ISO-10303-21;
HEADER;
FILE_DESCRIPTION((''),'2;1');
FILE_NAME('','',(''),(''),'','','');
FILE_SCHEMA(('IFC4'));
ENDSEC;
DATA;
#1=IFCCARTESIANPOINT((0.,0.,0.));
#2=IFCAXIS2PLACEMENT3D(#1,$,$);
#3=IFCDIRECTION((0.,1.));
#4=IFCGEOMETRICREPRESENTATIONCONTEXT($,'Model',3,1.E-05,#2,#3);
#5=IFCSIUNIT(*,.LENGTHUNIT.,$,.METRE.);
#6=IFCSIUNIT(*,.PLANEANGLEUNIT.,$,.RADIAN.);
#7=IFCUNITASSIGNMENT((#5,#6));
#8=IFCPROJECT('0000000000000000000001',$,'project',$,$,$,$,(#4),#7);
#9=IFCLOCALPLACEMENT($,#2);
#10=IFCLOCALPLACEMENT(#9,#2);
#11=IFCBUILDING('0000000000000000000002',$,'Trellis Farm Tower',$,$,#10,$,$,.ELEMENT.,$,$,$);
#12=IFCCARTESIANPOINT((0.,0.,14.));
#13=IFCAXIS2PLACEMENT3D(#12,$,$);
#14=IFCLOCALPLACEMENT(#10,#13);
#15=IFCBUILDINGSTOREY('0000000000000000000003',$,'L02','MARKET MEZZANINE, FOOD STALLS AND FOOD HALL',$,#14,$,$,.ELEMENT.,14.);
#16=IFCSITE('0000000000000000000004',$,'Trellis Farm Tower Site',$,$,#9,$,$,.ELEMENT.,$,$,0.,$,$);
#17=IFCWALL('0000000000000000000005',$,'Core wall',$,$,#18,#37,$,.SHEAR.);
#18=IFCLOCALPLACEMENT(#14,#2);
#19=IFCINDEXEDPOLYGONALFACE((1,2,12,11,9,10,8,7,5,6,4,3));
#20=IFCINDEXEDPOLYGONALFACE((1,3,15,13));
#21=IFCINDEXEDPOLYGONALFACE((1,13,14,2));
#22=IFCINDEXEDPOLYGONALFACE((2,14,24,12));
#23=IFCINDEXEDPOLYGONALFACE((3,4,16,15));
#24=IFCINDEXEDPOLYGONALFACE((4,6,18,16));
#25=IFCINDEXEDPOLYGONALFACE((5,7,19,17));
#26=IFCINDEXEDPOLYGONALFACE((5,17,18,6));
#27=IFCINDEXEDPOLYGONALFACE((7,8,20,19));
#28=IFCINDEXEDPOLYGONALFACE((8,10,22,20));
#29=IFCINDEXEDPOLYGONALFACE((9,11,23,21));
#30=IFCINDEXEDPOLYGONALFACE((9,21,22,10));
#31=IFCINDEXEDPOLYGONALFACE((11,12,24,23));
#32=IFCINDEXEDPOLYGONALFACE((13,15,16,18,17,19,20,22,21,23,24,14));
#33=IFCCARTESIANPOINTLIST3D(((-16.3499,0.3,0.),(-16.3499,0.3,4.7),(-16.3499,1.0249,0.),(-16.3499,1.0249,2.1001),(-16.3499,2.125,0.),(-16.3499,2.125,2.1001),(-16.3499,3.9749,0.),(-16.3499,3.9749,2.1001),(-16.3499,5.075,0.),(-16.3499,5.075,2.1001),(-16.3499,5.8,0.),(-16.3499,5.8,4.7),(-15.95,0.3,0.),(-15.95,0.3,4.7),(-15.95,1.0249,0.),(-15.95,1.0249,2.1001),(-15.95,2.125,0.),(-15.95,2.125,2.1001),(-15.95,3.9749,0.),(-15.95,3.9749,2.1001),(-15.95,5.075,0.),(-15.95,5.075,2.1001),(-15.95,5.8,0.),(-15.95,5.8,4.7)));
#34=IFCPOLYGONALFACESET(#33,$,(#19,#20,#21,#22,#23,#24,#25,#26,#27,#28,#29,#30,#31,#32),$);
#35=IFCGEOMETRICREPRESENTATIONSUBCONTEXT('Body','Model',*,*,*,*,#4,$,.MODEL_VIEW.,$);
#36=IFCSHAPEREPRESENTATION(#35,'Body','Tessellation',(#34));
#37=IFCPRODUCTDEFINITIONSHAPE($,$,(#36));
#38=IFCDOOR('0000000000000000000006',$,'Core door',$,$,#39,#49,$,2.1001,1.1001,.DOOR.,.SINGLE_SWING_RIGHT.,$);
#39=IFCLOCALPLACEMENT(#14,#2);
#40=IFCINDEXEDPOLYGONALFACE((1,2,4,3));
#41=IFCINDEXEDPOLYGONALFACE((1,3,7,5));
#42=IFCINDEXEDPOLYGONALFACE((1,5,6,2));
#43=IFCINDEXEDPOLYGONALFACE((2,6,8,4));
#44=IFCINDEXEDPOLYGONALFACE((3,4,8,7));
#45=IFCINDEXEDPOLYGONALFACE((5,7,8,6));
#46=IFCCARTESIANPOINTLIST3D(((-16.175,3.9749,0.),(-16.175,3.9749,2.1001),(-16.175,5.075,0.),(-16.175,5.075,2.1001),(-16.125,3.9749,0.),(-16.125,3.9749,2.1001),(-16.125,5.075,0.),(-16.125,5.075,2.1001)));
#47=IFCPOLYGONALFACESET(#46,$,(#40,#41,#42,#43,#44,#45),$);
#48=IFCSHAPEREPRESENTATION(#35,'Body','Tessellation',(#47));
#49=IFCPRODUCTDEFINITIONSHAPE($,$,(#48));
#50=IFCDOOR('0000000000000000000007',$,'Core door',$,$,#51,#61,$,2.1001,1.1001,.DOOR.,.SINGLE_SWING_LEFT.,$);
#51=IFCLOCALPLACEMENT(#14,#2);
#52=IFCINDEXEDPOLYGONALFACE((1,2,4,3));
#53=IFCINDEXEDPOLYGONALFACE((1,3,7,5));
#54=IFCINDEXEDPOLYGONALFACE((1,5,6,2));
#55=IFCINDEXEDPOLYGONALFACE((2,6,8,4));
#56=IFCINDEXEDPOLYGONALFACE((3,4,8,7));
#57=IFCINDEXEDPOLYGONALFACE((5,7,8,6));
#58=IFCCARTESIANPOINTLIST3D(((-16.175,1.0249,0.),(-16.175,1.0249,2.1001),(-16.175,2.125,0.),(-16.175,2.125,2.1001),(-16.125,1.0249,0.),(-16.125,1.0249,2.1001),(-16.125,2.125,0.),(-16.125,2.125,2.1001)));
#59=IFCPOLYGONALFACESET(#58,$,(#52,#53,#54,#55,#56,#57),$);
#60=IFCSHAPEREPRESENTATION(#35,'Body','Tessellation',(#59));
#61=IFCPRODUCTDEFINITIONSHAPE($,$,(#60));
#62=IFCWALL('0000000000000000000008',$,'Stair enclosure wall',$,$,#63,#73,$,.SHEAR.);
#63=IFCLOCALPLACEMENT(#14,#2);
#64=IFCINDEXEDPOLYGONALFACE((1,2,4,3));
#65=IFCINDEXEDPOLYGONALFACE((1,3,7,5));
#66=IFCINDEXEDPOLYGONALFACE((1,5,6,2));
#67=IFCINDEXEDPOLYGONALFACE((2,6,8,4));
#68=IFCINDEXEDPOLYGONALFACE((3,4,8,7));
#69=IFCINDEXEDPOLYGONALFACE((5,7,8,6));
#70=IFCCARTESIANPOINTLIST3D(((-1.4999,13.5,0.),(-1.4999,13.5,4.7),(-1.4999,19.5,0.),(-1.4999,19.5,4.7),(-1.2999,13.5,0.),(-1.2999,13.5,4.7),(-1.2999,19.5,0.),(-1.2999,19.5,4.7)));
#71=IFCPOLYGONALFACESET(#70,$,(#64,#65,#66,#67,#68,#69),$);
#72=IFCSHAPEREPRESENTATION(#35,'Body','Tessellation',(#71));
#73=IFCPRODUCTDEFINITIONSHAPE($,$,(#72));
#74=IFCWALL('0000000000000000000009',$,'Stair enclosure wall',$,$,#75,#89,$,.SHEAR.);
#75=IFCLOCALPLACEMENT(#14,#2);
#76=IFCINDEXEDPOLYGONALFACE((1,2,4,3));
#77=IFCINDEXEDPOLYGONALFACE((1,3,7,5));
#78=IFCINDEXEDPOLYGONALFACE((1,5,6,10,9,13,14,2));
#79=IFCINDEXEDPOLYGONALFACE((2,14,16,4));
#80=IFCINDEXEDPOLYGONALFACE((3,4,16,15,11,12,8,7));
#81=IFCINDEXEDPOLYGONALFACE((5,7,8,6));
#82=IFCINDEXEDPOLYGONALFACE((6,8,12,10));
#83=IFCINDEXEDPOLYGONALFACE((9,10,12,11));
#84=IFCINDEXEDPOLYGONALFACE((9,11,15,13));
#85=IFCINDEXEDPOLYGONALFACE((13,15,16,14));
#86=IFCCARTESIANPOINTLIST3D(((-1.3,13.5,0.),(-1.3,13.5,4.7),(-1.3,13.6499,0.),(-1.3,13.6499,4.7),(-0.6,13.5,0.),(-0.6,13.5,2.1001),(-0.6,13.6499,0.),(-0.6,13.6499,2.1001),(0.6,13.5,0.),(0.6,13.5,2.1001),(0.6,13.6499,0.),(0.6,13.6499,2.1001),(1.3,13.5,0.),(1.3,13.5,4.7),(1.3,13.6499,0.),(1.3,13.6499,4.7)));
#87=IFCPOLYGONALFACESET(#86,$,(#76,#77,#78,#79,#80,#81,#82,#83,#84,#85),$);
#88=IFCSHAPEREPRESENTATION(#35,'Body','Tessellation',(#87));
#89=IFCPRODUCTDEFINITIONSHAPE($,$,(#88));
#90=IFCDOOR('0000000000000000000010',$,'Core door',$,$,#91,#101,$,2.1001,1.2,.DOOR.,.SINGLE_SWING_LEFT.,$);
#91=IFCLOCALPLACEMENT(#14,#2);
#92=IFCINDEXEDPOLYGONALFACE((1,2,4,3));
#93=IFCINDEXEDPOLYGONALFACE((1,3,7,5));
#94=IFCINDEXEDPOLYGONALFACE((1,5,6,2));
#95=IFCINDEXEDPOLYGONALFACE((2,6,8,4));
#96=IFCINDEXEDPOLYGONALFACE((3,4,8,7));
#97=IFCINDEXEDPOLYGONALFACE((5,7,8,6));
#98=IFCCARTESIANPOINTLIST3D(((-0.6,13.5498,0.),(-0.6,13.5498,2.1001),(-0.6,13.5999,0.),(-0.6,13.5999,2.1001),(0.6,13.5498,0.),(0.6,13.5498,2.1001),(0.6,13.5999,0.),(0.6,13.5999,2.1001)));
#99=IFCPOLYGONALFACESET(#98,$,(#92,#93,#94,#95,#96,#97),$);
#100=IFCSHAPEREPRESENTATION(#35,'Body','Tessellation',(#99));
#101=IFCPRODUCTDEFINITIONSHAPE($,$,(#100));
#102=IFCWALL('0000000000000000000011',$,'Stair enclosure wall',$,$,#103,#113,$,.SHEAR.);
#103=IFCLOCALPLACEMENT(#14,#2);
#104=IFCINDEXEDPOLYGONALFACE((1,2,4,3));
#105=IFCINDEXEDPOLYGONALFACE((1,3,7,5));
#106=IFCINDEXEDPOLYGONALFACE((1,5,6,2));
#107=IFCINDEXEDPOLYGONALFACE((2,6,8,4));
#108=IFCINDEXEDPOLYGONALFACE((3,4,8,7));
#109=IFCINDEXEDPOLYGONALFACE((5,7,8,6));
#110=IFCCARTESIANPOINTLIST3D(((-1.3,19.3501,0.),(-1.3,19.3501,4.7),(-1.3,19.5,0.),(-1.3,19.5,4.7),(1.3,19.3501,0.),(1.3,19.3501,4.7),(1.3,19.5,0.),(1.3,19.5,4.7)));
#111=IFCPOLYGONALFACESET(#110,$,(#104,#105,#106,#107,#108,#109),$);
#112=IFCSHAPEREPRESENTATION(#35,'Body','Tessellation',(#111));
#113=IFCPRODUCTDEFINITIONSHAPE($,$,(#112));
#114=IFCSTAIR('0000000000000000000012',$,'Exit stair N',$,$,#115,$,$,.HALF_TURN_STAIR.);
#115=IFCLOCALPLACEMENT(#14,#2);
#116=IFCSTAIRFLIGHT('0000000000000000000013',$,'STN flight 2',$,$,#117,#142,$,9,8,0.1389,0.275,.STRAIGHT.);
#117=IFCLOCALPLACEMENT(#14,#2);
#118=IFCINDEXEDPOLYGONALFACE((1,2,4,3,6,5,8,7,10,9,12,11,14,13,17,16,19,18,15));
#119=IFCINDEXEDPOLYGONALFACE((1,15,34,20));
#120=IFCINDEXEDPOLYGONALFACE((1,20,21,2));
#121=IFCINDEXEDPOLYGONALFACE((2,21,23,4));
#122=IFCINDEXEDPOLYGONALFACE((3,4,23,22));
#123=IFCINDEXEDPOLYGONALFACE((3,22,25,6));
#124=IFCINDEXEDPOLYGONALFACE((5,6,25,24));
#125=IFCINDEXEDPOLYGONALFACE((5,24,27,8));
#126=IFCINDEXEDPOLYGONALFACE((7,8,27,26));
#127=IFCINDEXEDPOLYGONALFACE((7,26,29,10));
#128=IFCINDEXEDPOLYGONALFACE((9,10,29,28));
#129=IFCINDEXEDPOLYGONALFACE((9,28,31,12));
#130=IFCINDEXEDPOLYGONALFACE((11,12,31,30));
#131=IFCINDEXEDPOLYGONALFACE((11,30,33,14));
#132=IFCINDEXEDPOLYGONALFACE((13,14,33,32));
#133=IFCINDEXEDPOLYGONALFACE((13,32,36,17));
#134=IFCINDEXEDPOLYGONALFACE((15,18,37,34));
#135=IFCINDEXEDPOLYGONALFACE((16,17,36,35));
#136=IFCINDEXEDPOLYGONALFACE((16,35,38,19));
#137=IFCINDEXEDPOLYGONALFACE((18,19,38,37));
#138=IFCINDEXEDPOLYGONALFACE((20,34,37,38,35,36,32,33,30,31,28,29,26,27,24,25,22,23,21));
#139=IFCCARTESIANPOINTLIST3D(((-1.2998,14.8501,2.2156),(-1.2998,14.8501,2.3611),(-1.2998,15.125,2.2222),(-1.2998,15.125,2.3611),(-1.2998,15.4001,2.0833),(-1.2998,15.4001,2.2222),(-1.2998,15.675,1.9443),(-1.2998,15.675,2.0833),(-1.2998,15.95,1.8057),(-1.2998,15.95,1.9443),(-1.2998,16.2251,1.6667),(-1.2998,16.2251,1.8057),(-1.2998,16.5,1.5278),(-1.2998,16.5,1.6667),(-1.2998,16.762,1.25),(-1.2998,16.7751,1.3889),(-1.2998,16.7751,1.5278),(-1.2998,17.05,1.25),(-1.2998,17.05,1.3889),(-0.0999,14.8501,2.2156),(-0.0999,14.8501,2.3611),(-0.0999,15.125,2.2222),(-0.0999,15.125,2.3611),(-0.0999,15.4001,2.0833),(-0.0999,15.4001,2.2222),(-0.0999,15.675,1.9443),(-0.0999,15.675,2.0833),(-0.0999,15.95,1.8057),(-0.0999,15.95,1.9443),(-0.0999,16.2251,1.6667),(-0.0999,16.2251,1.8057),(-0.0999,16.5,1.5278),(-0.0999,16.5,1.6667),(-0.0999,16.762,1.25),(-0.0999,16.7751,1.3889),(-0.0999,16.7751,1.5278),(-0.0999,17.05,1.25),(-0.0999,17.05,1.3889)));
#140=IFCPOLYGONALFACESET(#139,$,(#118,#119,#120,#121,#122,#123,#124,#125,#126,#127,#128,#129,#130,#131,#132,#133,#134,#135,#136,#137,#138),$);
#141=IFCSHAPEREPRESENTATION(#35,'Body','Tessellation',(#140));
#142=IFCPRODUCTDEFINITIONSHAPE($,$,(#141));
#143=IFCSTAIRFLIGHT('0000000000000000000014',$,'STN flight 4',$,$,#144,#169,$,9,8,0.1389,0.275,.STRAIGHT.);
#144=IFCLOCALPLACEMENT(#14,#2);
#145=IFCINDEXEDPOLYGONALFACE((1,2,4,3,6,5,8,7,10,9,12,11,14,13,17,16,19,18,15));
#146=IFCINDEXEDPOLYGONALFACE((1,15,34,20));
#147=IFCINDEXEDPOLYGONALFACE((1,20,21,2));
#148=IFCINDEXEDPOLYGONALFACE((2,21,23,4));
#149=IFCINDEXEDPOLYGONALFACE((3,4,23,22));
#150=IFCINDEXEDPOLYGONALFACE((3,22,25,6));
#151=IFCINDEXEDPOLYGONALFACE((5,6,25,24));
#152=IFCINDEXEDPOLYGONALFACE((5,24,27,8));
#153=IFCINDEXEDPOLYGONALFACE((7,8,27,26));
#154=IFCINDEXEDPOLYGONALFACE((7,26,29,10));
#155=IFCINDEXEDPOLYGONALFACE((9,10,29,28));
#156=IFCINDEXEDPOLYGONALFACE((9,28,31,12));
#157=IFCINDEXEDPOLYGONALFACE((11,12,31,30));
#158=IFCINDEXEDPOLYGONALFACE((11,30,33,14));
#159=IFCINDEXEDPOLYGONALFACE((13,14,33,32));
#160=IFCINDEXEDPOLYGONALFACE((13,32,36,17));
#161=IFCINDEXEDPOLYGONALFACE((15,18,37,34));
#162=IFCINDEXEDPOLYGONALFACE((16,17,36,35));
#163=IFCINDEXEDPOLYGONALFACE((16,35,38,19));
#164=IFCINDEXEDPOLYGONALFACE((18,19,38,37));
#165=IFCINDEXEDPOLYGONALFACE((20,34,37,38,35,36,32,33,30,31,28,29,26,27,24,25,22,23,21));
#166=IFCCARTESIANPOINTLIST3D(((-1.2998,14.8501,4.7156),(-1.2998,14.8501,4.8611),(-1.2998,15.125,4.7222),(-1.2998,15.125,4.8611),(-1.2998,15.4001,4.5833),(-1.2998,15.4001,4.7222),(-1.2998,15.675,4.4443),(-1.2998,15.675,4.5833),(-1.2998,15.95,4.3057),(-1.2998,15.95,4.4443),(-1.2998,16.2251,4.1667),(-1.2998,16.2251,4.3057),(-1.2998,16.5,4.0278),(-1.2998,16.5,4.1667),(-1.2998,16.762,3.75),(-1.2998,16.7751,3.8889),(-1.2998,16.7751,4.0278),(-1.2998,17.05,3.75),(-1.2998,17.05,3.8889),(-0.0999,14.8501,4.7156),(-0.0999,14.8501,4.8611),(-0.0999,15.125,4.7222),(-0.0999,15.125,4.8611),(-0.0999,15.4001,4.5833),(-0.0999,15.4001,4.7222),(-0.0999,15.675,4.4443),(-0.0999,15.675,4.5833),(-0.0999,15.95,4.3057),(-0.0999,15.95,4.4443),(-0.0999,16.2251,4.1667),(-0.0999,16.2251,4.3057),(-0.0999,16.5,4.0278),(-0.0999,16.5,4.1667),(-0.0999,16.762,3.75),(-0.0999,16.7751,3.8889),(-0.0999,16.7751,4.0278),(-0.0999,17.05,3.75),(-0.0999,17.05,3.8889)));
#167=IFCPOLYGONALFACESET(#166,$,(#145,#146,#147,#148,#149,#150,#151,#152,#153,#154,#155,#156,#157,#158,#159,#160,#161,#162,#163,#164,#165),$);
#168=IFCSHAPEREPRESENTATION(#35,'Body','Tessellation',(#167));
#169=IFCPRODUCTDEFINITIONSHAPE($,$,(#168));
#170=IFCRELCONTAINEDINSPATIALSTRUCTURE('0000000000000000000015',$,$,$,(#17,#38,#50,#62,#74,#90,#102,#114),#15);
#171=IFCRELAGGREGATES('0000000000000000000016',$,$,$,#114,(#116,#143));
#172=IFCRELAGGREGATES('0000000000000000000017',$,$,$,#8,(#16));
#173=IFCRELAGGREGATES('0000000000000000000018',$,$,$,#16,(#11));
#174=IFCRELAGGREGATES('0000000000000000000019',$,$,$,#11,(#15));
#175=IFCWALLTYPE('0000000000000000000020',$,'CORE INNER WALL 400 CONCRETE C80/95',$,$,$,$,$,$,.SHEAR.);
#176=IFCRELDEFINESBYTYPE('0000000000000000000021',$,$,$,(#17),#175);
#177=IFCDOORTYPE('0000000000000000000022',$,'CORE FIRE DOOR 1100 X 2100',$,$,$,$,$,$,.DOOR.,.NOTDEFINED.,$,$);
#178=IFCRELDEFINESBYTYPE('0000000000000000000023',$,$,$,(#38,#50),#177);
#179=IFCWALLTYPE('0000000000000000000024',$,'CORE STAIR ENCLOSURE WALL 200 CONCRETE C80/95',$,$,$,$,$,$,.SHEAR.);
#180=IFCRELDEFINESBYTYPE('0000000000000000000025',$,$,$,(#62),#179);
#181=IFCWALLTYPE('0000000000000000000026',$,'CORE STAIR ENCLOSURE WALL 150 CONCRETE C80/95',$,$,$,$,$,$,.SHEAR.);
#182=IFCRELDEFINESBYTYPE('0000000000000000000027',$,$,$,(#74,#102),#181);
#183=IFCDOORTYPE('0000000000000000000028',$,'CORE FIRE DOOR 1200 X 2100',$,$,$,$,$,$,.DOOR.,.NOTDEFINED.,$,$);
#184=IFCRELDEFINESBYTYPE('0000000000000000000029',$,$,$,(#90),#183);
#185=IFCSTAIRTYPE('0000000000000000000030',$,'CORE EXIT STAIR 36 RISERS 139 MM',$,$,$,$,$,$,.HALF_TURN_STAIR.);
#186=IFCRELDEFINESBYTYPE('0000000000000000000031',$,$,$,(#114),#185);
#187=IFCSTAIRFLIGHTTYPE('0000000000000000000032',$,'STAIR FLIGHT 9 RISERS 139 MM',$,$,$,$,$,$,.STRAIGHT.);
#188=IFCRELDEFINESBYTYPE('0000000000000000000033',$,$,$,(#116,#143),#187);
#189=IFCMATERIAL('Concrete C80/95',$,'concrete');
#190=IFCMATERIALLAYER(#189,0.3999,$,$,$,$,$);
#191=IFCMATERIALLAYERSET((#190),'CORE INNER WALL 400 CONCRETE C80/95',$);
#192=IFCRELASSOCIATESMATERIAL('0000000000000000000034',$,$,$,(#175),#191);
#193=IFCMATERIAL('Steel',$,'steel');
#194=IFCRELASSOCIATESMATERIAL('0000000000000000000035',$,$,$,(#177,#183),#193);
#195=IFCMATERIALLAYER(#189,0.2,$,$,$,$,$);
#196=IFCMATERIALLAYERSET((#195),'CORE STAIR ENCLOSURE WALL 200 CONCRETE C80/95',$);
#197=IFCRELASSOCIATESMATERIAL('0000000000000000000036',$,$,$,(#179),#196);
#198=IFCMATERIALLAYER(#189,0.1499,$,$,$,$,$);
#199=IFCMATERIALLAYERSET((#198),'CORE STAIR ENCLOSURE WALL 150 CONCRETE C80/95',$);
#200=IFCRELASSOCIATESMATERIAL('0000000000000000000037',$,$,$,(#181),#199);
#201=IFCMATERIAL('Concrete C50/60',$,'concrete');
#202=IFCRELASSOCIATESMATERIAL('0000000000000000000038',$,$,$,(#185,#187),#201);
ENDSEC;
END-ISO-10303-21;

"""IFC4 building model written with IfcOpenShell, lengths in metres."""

from ifc_helpers import new_model, si_unit, direction, frame, frame_2d, origin, place, context, subcontext, project, spatial, polyline, rectangle, outline, extrude, source, transform, mapped, material, layer, layer_set, type_object, element, fill, aggregate, save


model = new_model("IFC4")

# Units and contexts
model_context = context("Model", 3, precision=1e-05, world=origin(), true_north=direction((0.0, 1.0)))
body_context = subcontext(model_context, "Body", "Model", "MODEL_VIEW")
ifc_project = project(units=[si_unit("LENGTHUNIT", "METRE"), si_unit("PLANEANGLEUNIT", "RADIAN")], contexts=[model_context])

# Site, building, storey
site_placement = place(None, origin())
site = spatial("IfcSite", under=ifc_project, at=site_placement, Name="Trellis Farm Tower Site", CompositionType="ELEMENT", RefElevation=0.0)
building_placement = place(site_placement, origin())
building = spatial("IfcBuilding", under=site, at=building_placement, Name="Trellis Farm Tower", CompositionType="ELEMENT")
storey_placement = place(building_placement, frame((0.0, 0.0, 14.0)))
storey = spatial("IfcBuildingStorey", under=building, at=storey_placement, Name="L02", Description="MARKET MEZZANINE, FOOD STALLS AND FOOD HALL", CompositionType="ELEMENT", Elevation=14.0)

# Shared definitions
ifc_material_1 = material(Name="Concrete C80/95", Category="concrete")

# Shared definitions
ifc_material_2 = material(Name="Steel", Category="steel")

# Shared definitions
ifc_layer_1 = layer(ifc_material_1, 0.3999)
ifc_layer_set_1 = layer_set([ifc_layer_1], Name="CORE INNER WALL 400 CONCRETE C80/95")
wall_type_1 = type_object("IfcWallType", Name="CORE INNER WALL 400 CONCRETE C80/95", PredefinedType="SHEAR", material=ifc_layer_set_1)

# Wall, openings, doors
shared_shape_1 = source(origin(), body_context, "Body", "SweptSolid", [
    extrude(rectangle(XDim=5.5, YDim=0.3999, at=frame_2d((2.75, 0.0))), origin(), (0.0, 0.0, 1.0), 4.7),
])
wall_1_placement = place(storey_placement, frame((-16.1499, 5.8, 0.0), z_axis=(0.0, 0.0, 1.0), x_axis=(0.0, -1.0, 0.0)))
wall_1 = element("IfcWall", 1, at=wall_1_placement, inside=storey, type_object=wall_type_1, Name="Core wall", PredefinedType="SHEAR", context=body_context, shape_type="MappedRepresentation", body=[
    mapped(shared_shape_1, transform((0.0, 0.0, 0.0))),
])
shared_shape_2 = source(origin(), body_context, "Body", "SweptSolid", [
    extrude(rectangle(XDim=1.1001, YDim=2.1001, at=frame_2d((0.55, 1.05))), frame((0.0, 0.21, 0.0), z_axis=(0.0, -1.0, 0.0), x_axis=(1.0, 0.0, 0.0)), (0.0, 0.0, 1.0), 0.4199),
])
opening_1_placement = place(wall_1_placement, frame((0.7251, 0.0, 0.0)))
opening_1 = element("IfcOpeningElement", 2, at=opening_1_placement, cuts=wall_1, PredefinedType="OPENING", context=body_context, shape_type="MappedRepresentation", body=[
    mapped(shared_shape_2, transform((0.0, 0.0, 0.0))),
])
opening_2_placement = place(wall_1_placement, frame((3.675, 0.0, 0.0)))
opening_2 = element("IfcOpeningElement", 3, at=opening_2_placement, cuts=wall_1, PredefinedType="OPENING", context=body_context, shape_type="MappedRepresentation", body=[
    mapped(shared_shape_2, transform((0.0, 0.0, 0.0))),
])
door_type_1 = type_object("IfcDoorType", Name="CORE FIRE DOOR 1100 X 2100", OperationType="NOTDEFINED", PredefinedType="DOOR", material=ifc_material_2)
shared_shape_3 = source(origin(), body_context, "Body", "SweptSolid", [
    extrude(rectangle(XDim=1.1001, YDim=2.1001, at=frame_2d((0.55, 1.05))), frame((0.0, 0.0249, 0.0), z_axis=(0.0, -1.0, 0.0), x_axis=(1.0, 0.0, 0.0)), (0.0, 0.0, 1.0), 0.05),
])
door_1_placement = place(opening_1_placement, origin())
door_1 = element("IfcDoor", 4, at=door_1_placement, inside=storey, type_object=door_type_1, Name="Core door", OperationType="SINGLE_SWING_RIGHT", OverallHeight=2.1001, OverallWidth=1.1001, PredefinedType="DOOR", context=body_context, shape_type="MappedRepresentation", body=[
    mapped(shared_shape_3, transform((0.0, 0.0, 0.0))),
])
fill(opening_1, door_1)
door_2_placement = place(opening_2_placement, origin())
door_2 = element("IfcDoor", 5, at=door_2_placement, inside=storey, type_object=door_type_1, Name="Core door", OperationType="SINGLE_SWING_LEFT", OverallHeight=2.1001, OverallWidth=1.1001, PredefinedType="DOOR", context=body_context, shape_type="MappedRepresentation", body=[
    mapped(shared_shape_3, transform((0.0, 0.0, 0.0))),
])
fill(opening_2, door_2)

# Wall
ifc_layer_2 = layer(ifc_material_1, 0.2)
ifc_layer_set_2 = layer_set([ifc_layer_2], Name="CORE STAIR ENCLOSURE WALL 200 CONCRETE C80/95")
wall_type_2 = type_object("IfcWallType", Name="CORE STAIR ENCLOSURE WALL 200 CONCRETE C80/95", PredefinedType="SHEAR", material=ifc_layer_set_2)
shared_shape_4 = source(origin(), body_context, "Body", "SweptSolid", [
    extrude(rectangle(XDim=6.0, YDim=0.2, at=frame_2d((3.0, 0.0))), origin(), (0.0, 0.0, 1.0), 4.7),
])
wall_2_placement = place(storey_placement, frame((-1.3999, 13.5, 0.0), z_axis=(0.0, 0.0, 1.0), x_axis=(0.0, 1.0, 0.0)))
element("IfcWall", 6, at=wall_2_placement, inside=storey, type_object=wall_type_2, Name="Stair enclosure wall", PredefinedType="SHEAR", context=body_context, shape_type="MappedRepresentation", body=[
    mapped(shared_shape_4, transform((0.0, 0.0, 0.0))),
])

# Wall, opening, door
ifc_layer_3 = layer(ifc_material_1, 0.1499)
ifc_layer_set_3 = layer_set([ifc_layer_3], Name="CORE STAIR ENCLOSURE WALL 150 CONCRETE C80/95")
wall_type_3 = type_object("IfcWallType", Name="CORE STAIR ENCLOSURE WALL 150 CONCRETE C80/95", PredefinedType="SHEAR", material=ifc_layer_set_3)
shared_shape_5 = source(origin(), body_context, "Body", "SweptSolid", [
    extrude(rectangle(XDim=2.6001, YDim=0.1499, at=frame_2d((1.3, 0.0))), origin(), (0.0, 0.0, 1.0), 4.7),
])
wall_3_placement = place(storey_placement, frame((-1.3, 13.575, 0.0), z_axis=(0.0, 0.0, 1.0), x_axis=(1.0, 0.0, 0.0)))
wall_3 = element("IfcWall", 7, at=wall_3_placement, inside=storey, type_object=wall_type_3, Name="Stair enclosure wall", PredefinedType="SHEAR", context=body_context, shape_type="MappedRepresentation", body=[
    mapped(shared_shape_5, transform((0.0, 0.0, 0.0))),
])
shared_shape_6 = source(origin(), body_context, "Body", "SweptSolid", [
    extrude(rectangle(XDim=1.2, YDim=2.1001, at=frame_2d((0.6001, 1.05))), frame((0.0, 0.085, 0.0), z_axis=(0.0, -1.0, 0.0), x_axis=(1.0, 0.0, 0.0)), (0.0, 0.0, 1.0), 0.1699),
])
opening_3_placement = place(wall_3_placement, frame((0.7, 0.0, 0.0)))
opening_3 = element("IfcOpeningElement", 8, at=opening_3_placement, cuts=wall_3, PredefinedType="OPENING", context=body_context, shape_type="MappedRepresentation", body=[
    mapped(shared_shape_6, transform((0.0, 0.0, 0.0))),
])
door_type_2 = type_object("IfcDoorType", Name="CORE FIRE DOOR 1200 X 2100", OperationType="NOTDEFINED", PredefinedType="DOOR", material=ifc_material_2)
shared_shape_7 = source(origin(), body_context, "Body", "SweptSolid", [
    extrude(rectangle(XDim=1.2, YDim=2.1001, at=frame_2d((0.6001, 1.05))), frame((0.0, 0.0249, 0.0), z_axis=(0.0, -1.0, 0.0), x_axis=(1.0, 0.0, 0.0)), (0.0, 0.0, 1.0), 0.05),
])
door_3_placement = place(opening_3_placement, origin())
door_3 = element("IfcDoor", 9, at=door_3_placement, inside=storey, type_object=door_type_2, Name="Core door", OperationType="SINGLE_SWING_LEFT", OverallHeight=2.1001, OverallWidth=1.2, PredefinedType="DOOR", context=body_context, shape_type="MappedRepresentation", body=[
    mapped(shared_shape_7, transform((0.0, 0.0, 0.0))),
])
fill(opening_3, door_3)

# Wall
wall_4_placement = place(storey_placement, frame((-1.3, 19.425, 0.0), z_axis=(0.0, 0.0, 1.0), x_axis=(1.0, 0.0, 0.0)))
element("IfcWall", 10, at=wall_4_placement, inside=storey, type_object=wall_type_3, Name="Stair enclosure wall", PredefinedType="SHEAR", context=body_context, shape_type="MappedRepresentation", body=[
    mapped(shared_shape_5, transform((0.0, 0.0, 0.0))),
])

# Stair, stair flights
ifc_material_3 = material(Name="Concrete C50/60", Category="concrete")
stair_type = type_object("IfcStairType", Name="CORE EXIT STAIR 36 RISERS 139 MM", PredefinedType="HALF_TURN_STAIR", material=ifc_material_3)
placement = place(storey_placement, origin())
stair_1 = element("IfcStair", 11, at=placement, inside=storey, type_object=stair_type, Name="Exit stair N", PredefinedType="HALF_TURN_STAIR")
stair_flight_type = type_object("IfcStairFlightType", Name="STAIR FLIGHT 9 RISERS 139 MM", PredefinedType="STRAIGHT", material=ifc_material_3)
shared_shape_8 = source(origin(), body_context, "Body", "SweptSolid", [
    extrude(outline(polyline([(0.0, 0.0), (0.0, 0.1389), (0.2749, 0.1389), (0.2749, 0.2778), (0.55, 0.2778), (0.55, 0.4167), (0.825, 0.4167), (0.825, 0.5557), (1.1001, 0.5557), (1.1001, 0.6943), (1.375, 0.6943), (1.375, 0.8333), (1.6499, 0.8333), (1.6499, 0.9722), (1.925, 0.9722), (1.925, 1.1111), (2.2, 1.1111), (2.2, 1.25), (2.2, 0.9656), (0.2881, 0.0), (0.0, 0.0)])), frame((0.0, 0.6001, 0.0), z_axis=(0.0, -1.0, 0.0), x_axis=(1.0, 0.0, 0.0)), (0.0, 0.0, 1.0), 1.2),
])
stair_flight_1_placement = place(storey_placement, frame((-0.7, 17.05, 1.25), z_axis=(0.0, 0.0, 1.0), x_axis=(0.0, -1.0, 0.0)))
stair_flight_1 = element("IfcStairFlight", 12, at=stair_flight_1_placement, type_object=stair_flight_type, Name="STN flight 2", NumberOfRisers=9, NumberOfTreads=8, PredefinedType="STRAIGHT", RiserHeight=0.1389, TreadLength=0.275, context=body_context, shape_type="MappedRepresentation", body=[
    mapped(shared_shape_8, transform((0.0, 0.0, 0.0))),
])
stair_flight_2_placement = place(storey_placement, frame((-0.7, 17.05, 3.75), z_axis=(0.0, 0.0, 1.0), x_axis=(0.0, -1.0, 0.0)))
stair_flight_2 = element("IfcStairFlight", 13, at=stair_flight_2_placement, type_object=stair_flight_type, Name="STN flight 4", NumberOfRisers=9, NumberOfTreads=8, PredefinedType="STRAIGHT", RiserHeight=0.1389, TreadLength=0.275, context=body_context, shape_type="MappedRepresentation", body=[
    mapped(shared_shape_8, transform((0.0, 0.0, 0.0))),
])
aggregate(stair_1, [stair_flight_1, stair_flight_2])

save(model, "model.ifc")
